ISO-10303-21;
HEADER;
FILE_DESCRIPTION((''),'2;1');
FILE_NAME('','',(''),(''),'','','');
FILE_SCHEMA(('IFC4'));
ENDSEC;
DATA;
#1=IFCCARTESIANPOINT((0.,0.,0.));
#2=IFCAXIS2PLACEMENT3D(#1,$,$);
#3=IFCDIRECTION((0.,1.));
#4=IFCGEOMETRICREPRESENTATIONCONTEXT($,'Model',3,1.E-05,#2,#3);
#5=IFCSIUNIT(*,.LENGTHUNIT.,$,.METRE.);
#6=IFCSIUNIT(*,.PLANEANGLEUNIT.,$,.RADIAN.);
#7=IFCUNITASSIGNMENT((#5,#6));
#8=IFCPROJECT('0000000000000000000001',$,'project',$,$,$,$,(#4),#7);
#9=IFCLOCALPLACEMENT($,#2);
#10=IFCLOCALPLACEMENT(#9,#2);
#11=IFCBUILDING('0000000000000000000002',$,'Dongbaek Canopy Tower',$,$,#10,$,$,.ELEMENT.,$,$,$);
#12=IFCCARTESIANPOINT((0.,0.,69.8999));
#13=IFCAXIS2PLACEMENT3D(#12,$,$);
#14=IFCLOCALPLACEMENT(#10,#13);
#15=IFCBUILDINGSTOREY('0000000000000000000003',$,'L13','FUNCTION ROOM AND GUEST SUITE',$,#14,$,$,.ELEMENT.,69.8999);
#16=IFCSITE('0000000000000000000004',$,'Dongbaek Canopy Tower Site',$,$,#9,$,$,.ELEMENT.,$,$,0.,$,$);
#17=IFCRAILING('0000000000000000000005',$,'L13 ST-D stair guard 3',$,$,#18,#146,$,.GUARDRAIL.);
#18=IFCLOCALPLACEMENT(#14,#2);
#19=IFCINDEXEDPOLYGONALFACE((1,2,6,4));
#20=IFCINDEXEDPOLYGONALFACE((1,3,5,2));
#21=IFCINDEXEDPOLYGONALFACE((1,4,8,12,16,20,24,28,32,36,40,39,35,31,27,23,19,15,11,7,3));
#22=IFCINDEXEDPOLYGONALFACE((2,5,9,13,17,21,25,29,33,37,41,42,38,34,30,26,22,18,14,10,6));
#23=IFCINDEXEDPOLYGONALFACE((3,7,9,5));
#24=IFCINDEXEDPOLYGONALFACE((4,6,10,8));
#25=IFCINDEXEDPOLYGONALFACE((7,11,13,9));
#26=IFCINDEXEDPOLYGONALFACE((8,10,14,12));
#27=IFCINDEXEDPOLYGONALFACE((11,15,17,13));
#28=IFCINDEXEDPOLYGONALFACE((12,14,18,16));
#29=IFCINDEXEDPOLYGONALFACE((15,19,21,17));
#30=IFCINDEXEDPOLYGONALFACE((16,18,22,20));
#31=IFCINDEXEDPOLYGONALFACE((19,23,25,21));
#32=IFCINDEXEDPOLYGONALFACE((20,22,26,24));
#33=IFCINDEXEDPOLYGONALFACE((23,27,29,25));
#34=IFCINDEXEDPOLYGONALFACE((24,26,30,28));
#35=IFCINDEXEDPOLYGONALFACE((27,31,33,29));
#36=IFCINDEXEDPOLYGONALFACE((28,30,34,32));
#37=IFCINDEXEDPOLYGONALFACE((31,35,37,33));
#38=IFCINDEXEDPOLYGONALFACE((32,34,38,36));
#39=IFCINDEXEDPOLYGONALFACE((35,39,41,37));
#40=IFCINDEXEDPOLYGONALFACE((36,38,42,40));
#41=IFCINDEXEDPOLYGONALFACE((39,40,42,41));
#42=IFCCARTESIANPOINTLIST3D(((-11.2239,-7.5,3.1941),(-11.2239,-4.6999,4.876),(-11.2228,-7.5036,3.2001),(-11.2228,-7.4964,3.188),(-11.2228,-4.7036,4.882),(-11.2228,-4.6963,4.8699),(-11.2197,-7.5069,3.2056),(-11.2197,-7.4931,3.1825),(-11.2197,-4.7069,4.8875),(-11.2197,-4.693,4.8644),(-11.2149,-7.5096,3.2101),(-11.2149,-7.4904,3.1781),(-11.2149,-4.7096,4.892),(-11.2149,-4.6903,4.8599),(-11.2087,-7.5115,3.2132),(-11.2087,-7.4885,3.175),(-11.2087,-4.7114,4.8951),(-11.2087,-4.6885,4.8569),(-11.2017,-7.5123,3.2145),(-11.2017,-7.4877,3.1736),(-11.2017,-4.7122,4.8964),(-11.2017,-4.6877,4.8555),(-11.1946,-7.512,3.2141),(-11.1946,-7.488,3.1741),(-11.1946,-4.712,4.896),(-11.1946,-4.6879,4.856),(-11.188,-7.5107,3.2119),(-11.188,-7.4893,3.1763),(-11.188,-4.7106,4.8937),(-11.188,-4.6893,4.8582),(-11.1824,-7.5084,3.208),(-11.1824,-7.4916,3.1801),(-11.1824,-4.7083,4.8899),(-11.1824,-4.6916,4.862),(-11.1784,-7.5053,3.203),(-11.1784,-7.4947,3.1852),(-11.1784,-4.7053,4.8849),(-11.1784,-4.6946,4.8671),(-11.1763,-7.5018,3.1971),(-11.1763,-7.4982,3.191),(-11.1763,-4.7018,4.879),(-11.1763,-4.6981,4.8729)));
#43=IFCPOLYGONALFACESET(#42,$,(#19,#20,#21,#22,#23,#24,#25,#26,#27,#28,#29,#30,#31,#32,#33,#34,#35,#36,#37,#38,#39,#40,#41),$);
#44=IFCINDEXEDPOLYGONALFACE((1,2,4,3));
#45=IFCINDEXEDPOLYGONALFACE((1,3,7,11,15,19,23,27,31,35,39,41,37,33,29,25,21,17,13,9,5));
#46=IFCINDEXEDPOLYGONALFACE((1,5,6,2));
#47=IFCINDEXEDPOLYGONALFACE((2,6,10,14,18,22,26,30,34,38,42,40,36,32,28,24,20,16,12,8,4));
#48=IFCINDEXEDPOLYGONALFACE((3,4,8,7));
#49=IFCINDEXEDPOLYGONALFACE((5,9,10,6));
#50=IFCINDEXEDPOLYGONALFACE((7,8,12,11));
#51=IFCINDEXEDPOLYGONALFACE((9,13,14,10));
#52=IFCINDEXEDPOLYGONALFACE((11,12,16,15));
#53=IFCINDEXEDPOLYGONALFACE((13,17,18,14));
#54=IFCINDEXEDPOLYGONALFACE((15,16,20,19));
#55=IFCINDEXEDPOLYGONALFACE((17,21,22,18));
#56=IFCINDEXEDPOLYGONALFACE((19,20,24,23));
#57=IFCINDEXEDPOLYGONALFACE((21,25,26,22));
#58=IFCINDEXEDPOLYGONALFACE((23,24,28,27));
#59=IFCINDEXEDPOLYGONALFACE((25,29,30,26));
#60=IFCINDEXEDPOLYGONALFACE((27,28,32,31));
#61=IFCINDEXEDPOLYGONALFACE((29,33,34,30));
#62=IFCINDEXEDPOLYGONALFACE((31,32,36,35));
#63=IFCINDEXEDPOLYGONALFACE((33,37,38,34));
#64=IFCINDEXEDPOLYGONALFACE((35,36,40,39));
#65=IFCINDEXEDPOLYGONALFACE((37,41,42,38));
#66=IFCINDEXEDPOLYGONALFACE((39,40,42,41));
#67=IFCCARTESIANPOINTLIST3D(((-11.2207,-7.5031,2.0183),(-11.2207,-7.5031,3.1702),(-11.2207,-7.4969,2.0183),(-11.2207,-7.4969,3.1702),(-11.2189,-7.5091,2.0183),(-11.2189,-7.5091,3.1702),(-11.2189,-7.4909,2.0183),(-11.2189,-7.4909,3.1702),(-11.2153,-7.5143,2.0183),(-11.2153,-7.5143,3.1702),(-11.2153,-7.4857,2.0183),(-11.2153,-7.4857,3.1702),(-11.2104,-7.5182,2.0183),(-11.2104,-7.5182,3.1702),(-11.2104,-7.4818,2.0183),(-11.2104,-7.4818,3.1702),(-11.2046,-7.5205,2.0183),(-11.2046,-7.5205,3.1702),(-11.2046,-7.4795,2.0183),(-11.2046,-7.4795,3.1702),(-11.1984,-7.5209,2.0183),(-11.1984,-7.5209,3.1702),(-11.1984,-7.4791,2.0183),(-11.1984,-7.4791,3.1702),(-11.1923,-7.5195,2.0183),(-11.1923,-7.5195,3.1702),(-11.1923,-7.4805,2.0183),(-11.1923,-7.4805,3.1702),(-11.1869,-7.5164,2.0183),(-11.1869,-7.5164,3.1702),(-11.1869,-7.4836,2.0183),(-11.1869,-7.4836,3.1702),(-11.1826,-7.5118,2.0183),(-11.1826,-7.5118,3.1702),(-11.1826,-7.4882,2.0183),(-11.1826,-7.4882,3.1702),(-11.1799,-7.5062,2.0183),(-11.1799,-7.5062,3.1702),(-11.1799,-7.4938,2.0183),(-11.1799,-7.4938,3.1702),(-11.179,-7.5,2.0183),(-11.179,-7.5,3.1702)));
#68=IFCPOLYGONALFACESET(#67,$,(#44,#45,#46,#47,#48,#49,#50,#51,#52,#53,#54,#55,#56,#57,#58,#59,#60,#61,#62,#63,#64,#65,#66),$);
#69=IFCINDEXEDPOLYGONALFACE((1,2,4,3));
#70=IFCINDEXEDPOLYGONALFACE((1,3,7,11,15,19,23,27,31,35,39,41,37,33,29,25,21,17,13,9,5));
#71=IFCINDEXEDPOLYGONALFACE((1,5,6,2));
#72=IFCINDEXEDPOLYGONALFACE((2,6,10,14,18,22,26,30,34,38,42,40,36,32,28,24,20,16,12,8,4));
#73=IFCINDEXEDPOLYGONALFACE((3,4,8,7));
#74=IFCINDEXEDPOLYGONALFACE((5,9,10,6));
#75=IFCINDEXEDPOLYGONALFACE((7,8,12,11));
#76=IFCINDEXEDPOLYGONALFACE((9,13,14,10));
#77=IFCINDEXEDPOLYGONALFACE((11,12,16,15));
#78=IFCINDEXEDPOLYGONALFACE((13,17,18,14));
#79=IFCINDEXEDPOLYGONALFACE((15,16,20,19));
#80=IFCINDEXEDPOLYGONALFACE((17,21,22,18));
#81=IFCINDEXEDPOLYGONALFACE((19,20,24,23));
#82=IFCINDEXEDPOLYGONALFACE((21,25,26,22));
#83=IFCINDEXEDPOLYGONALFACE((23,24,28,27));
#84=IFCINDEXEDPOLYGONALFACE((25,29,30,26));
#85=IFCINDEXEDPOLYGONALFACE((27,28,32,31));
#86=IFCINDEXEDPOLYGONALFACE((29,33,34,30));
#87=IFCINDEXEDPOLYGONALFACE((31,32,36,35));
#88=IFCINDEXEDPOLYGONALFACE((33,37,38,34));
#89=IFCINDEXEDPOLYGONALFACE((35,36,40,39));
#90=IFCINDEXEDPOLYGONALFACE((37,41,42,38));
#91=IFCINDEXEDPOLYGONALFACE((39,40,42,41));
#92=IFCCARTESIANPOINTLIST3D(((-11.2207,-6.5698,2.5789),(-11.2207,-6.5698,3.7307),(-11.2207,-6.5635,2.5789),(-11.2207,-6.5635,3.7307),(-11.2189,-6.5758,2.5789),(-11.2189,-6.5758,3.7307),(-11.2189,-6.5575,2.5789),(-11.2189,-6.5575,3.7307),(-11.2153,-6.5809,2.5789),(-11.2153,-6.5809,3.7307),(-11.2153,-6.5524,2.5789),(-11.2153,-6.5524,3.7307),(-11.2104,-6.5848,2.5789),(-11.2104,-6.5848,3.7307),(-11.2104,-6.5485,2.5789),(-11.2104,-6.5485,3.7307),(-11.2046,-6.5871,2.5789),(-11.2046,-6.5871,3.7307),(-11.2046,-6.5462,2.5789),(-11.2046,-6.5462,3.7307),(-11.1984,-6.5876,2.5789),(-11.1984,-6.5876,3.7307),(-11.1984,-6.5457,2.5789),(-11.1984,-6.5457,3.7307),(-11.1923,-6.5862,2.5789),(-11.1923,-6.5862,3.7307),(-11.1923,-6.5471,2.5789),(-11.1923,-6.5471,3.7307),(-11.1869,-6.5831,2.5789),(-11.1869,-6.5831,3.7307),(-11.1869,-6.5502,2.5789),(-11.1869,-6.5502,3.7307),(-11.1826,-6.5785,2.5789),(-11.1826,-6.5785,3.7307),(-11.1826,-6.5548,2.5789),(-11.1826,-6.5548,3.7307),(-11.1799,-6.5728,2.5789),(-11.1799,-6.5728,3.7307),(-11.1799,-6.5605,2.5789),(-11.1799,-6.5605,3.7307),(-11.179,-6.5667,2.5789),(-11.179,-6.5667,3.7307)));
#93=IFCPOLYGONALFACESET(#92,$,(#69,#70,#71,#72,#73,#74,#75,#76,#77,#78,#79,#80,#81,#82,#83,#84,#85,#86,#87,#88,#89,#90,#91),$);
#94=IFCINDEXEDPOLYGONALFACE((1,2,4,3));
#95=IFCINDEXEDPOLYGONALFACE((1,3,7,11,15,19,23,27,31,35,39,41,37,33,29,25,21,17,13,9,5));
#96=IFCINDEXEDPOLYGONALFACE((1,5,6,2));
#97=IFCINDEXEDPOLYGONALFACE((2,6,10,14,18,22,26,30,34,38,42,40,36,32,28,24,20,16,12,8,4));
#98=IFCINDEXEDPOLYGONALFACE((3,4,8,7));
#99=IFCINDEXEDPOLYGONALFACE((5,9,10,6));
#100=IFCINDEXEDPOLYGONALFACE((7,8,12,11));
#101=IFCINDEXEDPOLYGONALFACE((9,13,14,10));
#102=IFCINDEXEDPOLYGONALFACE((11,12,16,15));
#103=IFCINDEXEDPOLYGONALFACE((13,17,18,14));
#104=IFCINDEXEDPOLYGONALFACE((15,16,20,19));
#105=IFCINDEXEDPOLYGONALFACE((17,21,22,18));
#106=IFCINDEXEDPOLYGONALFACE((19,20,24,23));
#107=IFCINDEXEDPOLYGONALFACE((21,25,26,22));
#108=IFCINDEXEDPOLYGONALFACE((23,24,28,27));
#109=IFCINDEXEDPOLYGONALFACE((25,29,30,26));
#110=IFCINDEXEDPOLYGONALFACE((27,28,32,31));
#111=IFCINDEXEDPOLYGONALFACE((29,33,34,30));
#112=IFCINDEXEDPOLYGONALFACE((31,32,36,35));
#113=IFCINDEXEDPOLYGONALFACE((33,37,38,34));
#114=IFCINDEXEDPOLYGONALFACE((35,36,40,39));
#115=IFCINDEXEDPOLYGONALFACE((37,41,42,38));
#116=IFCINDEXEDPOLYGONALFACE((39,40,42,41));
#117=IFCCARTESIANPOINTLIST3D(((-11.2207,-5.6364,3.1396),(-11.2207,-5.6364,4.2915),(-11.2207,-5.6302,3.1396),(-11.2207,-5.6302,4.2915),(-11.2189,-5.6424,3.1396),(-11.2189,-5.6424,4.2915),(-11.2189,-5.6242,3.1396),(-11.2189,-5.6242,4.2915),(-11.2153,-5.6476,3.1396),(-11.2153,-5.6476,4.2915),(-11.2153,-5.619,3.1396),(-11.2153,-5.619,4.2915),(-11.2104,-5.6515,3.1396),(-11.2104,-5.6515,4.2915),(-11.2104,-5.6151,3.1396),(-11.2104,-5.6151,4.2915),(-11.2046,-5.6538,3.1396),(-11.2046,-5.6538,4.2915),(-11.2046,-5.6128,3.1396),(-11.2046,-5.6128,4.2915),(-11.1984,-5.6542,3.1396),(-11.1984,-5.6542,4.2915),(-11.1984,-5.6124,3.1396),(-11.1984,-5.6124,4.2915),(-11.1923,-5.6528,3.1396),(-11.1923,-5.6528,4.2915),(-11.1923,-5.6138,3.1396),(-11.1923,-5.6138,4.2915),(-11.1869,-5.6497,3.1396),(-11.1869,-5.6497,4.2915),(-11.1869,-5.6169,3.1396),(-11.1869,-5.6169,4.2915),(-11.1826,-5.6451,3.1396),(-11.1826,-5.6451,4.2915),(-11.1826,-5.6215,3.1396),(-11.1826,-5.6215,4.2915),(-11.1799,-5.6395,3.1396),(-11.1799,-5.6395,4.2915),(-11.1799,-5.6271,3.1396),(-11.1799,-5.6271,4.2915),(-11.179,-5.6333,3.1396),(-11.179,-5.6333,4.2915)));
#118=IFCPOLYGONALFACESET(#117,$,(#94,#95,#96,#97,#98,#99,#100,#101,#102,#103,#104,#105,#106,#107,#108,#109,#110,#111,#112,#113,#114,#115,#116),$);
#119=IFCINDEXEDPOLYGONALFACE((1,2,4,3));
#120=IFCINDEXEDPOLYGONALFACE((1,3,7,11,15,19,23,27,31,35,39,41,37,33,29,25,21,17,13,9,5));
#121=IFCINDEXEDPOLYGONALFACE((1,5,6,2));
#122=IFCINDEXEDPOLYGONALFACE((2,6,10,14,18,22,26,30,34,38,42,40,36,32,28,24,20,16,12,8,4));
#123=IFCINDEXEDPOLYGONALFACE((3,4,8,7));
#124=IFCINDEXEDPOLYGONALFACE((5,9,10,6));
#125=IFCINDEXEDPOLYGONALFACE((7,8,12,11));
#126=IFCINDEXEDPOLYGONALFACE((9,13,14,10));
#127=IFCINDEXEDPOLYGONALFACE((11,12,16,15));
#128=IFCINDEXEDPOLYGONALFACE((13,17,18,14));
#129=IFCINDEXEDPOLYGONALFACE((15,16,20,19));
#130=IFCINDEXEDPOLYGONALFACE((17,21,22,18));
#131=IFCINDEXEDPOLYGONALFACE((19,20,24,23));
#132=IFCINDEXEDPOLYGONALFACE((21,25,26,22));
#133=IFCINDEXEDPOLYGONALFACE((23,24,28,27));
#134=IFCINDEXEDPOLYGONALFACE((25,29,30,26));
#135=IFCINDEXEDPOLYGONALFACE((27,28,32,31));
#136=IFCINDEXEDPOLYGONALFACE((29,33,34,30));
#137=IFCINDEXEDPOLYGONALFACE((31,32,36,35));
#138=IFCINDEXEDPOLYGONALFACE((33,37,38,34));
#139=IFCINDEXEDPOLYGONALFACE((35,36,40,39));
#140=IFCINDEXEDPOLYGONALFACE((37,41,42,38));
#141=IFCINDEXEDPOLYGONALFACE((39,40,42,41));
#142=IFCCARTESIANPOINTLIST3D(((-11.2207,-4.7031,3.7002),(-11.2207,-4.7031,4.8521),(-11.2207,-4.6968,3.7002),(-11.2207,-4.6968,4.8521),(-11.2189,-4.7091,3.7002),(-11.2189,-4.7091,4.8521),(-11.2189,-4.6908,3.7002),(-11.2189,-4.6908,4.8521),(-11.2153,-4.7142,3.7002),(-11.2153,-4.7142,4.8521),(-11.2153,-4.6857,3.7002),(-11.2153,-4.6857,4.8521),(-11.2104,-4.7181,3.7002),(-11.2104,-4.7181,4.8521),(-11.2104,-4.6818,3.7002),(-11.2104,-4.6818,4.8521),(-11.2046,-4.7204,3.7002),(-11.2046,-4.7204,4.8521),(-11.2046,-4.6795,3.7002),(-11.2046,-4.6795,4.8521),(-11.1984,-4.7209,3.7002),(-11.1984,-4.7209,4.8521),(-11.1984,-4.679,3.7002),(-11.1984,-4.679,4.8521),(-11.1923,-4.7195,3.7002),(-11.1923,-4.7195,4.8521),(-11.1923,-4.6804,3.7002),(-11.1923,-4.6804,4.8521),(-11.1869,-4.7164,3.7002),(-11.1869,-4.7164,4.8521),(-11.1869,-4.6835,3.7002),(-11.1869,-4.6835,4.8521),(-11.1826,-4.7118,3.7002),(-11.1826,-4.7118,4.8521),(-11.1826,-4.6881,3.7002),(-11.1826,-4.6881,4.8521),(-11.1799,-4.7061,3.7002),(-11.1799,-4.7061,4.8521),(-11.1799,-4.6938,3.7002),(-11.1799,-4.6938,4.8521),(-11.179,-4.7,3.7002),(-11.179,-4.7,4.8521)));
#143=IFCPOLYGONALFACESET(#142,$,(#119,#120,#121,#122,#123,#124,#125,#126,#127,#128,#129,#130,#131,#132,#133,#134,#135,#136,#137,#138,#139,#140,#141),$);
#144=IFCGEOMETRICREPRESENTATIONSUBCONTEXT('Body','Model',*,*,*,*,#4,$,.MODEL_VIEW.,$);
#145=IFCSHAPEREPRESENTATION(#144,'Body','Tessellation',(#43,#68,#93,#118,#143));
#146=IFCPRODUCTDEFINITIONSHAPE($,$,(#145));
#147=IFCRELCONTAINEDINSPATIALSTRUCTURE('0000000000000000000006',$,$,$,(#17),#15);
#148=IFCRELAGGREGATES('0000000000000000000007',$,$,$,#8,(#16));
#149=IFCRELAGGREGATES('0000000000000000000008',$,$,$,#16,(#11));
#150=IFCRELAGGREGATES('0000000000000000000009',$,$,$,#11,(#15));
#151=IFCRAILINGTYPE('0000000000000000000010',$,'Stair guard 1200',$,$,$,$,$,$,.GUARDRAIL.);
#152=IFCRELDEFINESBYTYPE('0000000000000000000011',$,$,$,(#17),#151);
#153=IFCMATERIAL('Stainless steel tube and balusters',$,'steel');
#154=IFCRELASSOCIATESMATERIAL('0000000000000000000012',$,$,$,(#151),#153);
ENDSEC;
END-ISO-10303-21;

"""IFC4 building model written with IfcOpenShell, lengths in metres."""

from ifc_helpers import new_model, si_unit, direction, frame, origin, origin_2d, place, context, subcontext, project, spatial, circle, extrude, material, type_object, element, save


model = new_model("IFC4")

# Units and contexts
model_context = context("Model", 3, precision=1e-05, world=origin(), true_north=direction((0.0, 1.0)))
body_context = subcontext(model_context, "Body", "Model", "MODEL_VIEW")
ifc_project = project(units=[si_unit("LENGTHUNIT", "METRE"), si_unit("PLANEANGLEUNIT", "RADIAN")], contexts=[model_context])

# Site, building, storey
site_placement = place(None, origin())
site = spatial("IfcSite", under=ifc_project, at=site_placement, Name="Dongbaek Canopy Tower Site", CompositionType="ELEMENT", RefElevation=0.0)
building_placement = place(site_placement, origin())
building = spatial("IfcBuilding", under=site, at=building_placement, Name="Dongbaek Canopy Tower", CompositionType="ELEMENT")
storey_placement = place(building_placement, frame((0.0, 0.0, 69.8999)))
storey = spatial("IfcBuildingStorey", under=building, at=storey_placement, Name="L13", Description="FUNCTION ROOM AND GUEST SUITE", CompositionType="ELEMENT", Elevation=69.8999)

# Railing
ifc_material_1 = material(Name="Stainless steel tube and balusters", Category="steel")
railing_type_1 = type_object("IfcRailingType", Name="Stair guard 1200", PredefinedType="GUARDRAIL", material=ifc_material_1)
railing_1_placement = place(storey_placement, frame((-11.2, -7.5, 2.0183)))
element("IfcRailing", 1, at=railing_1_placement, inside=storey, type_object=railing_type_1, Name="L13 ST-D stair guard 3", PredefinedType="GUARDRAIL", context=body_context, shape_type="SweptSolid", body=[
    extrude(circle(Radius=0.0239, at=origin_2d()), frame((0.0, 0.0, 1.1758), z_axis=(0.0, 0.857242, 0.514913), x_axis=(-1.0, 0.0, 0.0)), (0.0, 0.0, 1.0), 3.2664),
    extrude(circle(Radius=0.021, at=origin_2d()), origin(), (0.0, 0.0, 1.0), 1.1519),
    extrude(circle(Radius=0.021, at=origin_2d()), frame((0.0, 0.9333, 0.5605)), (0.0, 0.0, 1.0), 1.1519),
    extrude(circle(Radius=0.021, at=origin_2d()), frame((0.0, 1.8667, 1.1213)), (0.0, 0.0, 1.0), 1.1519),
    extrude(circle(Radius=0.021, at=origin_2d()), frame((0.0, 2.8, 1.6819)), (0.0, 0.0, 1.0), 1.1519),
])

save(model, "model.ifc")
